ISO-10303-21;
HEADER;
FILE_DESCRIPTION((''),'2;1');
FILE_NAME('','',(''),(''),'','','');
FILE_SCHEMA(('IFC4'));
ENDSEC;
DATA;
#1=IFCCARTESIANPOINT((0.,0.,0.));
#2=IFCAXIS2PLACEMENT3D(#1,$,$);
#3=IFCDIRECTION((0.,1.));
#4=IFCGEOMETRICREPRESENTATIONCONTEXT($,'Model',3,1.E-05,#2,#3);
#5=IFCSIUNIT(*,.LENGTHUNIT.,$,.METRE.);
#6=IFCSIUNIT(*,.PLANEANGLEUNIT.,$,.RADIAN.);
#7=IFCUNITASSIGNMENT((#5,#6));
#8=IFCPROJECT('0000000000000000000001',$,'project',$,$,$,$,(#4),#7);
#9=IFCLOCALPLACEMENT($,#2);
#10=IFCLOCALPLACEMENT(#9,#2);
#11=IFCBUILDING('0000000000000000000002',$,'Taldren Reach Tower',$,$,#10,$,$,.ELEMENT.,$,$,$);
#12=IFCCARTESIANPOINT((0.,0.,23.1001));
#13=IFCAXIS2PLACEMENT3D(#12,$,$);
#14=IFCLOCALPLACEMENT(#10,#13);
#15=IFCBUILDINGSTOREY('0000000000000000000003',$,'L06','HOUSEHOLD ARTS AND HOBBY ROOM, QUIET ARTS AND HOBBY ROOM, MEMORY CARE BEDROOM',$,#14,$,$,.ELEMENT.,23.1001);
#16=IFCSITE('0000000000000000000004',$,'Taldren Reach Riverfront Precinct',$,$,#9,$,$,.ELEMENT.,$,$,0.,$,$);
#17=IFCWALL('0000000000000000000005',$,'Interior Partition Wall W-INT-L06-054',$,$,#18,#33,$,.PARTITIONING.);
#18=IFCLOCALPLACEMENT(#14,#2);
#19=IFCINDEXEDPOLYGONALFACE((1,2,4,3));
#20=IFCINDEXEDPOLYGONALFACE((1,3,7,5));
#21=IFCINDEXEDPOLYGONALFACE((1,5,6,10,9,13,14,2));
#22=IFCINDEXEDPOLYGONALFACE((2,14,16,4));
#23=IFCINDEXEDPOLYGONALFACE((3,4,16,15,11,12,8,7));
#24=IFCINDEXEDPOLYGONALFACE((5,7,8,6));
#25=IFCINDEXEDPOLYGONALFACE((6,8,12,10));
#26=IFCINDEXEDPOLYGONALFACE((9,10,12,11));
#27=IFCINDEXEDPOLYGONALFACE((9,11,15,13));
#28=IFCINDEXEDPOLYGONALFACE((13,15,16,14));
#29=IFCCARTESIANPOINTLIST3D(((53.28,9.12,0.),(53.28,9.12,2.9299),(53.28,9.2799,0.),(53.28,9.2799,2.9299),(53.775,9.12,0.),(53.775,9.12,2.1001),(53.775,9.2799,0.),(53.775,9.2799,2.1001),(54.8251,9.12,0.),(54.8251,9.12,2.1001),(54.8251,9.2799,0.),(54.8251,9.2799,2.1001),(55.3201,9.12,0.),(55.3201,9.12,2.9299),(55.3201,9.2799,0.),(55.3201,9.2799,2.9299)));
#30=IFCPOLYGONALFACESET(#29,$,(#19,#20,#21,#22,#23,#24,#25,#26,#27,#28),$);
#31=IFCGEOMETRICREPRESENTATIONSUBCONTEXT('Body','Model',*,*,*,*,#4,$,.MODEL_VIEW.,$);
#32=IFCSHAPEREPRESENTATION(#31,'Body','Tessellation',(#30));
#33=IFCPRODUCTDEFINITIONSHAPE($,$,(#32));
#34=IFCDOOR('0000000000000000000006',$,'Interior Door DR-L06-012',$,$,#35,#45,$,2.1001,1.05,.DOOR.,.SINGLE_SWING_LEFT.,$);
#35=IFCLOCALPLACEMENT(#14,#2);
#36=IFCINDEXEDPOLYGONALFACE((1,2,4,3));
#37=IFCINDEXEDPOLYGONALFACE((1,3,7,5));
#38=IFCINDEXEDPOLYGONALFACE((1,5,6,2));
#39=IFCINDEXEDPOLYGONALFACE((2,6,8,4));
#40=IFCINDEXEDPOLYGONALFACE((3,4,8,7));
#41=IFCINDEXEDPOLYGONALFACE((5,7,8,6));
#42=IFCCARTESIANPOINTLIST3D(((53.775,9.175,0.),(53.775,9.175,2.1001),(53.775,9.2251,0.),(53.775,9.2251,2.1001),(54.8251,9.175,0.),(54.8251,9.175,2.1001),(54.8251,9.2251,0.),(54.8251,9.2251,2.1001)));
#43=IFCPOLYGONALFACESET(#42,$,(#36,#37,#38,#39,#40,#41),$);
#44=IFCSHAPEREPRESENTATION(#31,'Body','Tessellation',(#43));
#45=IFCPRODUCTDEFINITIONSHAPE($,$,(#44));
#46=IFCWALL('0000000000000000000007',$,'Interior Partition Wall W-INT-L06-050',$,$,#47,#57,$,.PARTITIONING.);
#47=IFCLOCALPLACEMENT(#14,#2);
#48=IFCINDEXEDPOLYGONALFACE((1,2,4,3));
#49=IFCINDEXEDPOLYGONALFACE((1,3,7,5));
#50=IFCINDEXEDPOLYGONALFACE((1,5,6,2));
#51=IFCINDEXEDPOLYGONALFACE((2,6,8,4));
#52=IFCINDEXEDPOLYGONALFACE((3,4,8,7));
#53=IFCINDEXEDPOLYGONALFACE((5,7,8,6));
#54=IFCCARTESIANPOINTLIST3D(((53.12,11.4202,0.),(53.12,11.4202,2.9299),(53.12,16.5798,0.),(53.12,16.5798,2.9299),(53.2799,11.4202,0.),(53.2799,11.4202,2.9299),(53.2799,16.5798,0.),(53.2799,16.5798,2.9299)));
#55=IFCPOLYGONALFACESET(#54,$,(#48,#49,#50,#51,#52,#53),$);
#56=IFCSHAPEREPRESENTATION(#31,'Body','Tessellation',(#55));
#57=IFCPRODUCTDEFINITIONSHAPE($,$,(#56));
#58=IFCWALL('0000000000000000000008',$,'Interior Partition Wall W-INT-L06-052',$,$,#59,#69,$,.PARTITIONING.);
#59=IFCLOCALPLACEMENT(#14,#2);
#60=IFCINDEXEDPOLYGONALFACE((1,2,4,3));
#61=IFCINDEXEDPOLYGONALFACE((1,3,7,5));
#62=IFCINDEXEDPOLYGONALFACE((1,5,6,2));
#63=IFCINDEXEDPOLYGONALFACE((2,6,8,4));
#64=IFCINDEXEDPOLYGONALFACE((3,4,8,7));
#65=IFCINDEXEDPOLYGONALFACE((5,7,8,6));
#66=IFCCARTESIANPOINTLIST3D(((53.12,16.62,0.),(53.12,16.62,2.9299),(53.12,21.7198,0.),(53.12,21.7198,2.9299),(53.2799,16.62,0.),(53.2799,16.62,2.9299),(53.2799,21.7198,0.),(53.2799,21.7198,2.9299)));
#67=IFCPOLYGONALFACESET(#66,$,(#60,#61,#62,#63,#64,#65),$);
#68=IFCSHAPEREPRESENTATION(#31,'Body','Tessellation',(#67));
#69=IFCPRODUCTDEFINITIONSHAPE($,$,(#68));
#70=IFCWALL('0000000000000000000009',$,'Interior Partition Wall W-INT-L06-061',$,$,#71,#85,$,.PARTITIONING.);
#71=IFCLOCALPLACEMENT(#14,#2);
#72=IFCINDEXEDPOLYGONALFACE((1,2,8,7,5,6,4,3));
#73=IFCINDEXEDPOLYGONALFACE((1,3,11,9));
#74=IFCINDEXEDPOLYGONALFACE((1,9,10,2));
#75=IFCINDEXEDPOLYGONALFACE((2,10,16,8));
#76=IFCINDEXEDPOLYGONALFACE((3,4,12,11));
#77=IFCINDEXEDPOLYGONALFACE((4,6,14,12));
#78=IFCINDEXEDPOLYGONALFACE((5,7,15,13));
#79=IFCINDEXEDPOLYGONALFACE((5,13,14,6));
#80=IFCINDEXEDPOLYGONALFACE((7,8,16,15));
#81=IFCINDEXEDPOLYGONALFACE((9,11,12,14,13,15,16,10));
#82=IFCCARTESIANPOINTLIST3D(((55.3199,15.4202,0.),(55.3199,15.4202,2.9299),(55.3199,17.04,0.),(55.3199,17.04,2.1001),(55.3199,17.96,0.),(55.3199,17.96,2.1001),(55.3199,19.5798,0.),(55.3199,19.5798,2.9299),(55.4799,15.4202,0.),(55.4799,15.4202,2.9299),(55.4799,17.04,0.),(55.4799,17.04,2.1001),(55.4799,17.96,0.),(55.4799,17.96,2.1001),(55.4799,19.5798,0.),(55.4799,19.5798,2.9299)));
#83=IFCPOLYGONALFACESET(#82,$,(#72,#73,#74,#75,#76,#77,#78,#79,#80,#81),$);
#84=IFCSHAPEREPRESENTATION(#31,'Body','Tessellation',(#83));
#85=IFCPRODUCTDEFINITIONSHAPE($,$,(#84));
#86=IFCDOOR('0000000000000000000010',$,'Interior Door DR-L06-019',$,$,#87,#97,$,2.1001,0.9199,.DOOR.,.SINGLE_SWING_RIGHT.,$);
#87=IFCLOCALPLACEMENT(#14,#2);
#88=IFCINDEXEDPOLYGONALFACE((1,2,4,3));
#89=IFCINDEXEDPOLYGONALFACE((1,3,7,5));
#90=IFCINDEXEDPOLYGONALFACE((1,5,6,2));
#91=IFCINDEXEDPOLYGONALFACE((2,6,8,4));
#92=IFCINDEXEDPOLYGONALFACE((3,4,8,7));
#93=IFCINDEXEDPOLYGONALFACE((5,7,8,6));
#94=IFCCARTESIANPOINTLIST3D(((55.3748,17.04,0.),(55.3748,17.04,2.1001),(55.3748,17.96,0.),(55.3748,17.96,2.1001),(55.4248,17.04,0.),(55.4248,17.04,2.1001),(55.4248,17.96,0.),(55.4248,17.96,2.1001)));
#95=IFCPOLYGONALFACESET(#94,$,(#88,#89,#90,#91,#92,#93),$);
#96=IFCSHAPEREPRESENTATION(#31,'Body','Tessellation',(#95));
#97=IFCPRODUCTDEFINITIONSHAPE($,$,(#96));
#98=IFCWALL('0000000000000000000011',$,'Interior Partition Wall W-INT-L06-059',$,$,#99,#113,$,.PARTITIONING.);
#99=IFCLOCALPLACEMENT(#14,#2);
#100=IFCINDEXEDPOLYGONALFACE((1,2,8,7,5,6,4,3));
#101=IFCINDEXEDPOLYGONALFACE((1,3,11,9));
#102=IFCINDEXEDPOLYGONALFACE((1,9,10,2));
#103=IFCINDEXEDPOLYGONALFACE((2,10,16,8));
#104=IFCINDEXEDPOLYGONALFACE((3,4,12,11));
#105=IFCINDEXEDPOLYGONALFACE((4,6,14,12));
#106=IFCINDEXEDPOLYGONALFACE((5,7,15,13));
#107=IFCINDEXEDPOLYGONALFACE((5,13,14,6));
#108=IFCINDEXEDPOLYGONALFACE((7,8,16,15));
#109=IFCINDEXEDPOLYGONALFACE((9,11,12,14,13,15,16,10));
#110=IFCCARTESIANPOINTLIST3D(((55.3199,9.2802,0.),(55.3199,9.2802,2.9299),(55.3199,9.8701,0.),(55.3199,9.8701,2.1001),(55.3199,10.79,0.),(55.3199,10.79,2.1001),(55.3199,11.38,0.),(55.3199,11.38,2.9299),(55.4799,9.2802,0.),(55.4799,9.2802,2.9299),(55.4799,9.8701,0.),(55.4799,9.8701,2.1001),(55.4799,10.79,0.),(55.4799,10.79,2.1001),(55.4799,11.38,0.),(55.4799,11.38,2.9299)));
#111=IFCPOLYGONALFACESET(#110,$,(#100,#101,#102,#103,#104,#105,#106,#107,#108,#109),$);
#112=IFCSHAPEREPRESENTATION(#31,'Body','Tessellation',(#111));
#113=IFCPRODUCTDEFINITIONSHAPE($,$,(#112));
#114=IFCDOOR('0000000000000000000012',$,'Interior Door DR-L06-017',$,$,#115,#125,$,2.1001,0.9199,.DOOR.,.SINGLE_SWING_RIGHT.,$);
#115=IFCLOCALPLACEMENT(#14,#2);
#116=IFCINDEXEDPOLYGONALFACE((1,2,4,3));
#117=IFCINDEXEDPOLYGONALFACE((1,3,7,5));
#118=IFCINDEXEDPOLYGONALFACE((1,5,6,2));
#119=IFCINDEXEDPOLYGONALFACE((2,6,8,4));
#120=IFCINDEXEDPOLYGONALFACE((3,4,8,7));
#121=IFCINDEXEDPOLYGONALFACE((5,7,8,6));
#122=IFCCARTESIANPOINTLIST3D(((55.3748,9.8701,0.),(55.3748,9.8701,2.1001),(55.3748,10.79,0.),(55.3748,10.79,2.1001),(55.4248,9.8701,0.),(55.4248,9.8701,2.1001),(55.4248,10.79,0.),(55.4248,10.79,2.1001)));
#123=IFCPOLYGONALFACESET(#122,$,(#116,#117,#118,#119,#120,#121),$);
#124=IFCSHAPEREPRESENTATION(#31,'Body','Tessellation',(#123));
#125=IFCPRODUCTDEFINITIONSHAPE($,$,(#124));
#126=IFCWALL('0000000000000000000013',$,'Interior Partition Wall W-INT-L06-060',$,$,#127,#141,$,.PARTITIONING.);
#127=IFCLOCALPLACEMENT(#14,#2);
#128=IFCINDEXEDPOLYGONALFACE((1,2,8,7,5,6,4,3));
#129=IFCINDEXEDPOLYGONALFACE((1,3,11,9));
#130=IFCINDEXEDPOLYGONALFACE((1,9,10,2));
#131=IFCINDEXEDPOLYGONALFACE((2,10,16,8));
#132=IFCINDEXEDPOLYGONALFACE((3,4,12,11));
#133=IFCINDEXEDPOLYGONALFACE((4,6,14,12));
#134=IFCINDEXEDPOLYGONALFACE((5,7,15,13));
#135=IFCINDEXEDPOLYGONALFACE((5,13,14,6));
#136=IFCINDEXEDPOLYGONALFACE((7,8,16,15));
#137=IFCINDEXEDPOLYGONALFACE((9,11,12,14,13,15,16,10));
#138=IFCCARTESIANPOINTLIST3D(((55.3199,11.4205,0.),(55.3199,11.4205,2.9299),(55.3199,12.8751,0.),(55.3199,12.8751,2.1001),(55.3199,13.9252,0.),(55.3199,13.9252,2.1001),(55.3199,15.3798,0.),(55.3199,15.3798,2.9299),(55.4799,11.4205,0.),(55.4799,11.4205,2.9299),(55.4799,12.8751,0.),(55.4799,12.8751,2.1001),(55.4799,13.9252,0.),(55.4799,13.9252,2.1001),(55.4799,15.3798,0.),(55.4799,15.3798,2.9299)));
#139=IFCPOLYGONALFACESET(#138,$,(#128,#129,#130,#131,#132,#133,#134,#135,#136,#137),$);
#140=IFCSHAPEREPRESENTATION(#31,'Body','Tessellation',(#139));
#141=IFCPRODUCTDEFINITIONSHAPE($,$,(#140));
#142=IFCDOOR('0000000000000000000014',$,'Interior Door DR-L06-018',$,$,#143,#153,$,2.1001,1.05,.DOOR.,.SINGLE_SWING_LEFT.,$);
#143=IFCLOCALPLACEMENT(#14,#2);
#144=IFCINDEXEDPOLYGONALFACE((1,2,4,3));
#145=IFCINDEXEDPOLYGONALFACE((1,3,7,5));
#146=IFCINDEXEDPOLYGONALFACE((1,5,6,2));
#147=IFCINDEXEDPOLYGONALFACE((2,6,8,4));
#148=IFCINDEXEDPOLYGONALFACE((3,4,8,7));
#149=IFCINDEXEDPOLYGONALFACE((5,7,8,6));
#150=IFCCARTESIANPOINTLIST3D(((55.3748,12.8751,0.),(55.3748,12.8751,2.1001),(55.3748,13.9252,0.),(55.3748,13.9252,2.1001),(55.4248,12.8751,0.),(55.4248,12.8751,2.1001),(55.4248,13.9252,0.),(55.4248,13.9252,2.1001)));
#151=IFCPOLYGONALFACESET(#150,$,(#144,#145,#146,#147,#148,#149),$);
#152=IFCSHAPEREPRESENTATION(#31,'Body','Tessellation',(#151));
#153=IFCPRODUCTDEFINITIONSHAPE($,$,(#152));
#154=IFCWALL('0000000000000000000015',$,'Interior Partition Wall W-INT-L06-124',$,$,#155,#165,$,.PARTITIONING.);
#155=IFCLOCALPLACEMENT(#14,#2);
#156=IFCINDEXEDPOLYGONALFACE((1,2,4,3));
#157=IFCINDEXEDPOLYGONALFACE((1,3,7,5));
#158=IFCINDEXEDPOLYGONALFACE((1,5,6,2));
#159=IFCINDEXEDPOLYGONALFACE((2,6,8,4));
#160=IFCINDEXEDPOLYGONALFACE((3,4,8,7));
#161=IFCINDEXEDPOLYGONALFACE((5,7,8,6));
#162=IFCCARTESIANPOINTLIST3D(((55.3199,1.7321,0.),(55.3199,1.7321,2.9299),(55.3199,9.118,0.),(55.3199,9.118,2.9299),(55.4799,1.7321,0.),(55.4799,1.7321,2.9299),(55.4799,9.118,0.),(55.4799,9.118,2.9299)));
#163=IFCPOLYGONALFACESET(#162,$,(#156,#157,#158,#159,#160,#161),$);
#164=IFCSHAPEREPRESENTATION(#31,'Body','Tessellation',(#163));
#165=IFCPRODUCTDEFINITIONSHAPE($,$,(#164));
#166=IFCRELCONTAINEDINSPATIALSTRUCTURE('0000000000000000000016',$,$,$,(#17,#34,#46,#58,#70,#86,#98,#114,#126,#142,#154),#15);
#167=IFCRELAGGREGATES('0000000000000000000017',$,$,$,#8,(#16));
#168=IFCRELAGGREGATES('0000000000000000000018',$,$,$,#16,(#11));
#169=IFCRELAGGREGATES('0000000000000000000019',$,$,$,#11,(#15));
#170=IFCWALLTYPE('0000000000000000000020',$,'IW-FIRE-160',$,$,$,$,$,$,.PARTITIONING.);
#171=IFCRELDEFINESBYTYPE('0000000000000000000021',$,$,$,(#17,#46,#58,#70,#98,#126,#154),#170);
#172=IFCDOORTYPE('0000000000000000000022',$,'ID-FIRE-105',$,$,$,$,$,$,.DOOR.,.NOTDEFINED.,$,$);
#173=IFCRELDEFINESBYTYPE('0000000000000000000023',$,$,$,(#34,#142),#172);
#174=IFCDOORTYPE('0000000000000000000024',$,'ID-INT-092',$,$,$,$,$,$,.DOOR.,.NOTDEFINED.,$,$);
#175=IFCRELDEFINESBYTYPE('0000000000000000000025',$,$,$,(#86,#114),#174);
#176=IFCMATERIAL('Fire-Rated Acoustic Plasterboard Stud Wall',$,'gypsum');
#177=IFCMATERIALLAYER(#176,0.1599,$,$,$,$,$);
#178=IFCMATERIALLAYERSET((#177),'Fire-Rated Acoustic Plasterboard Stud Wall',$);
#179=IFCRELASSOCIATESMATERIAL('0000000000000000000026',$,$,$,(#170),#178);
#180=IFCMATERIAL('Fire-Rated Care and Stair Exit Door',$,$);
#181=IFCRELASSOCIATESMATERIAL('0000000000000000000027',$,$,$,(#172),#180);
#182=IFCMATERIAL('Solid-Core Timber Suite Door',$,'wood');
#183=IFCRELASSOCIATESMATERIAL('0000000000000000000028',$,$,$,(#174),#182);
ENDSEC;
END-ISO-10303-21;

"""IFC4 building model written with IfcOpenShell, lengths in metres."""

from ifc_helpers import new_model, si_unit, direction, frame, frame_2d, origin, place, context, subcontext, project, spatial, rectangle, extrude, source, transform, mapped, material, layer, layer_set, type_object, element, fill, save


model = new_model("IFC4")

# Units and contexts
model_context = context("Model", 3, precision=1e-05, world=origin(), true_north=direction((0.0, 1.0)))
body_context = subcontext(model_context, "Body", "Model", "MODEL_VIEW")
ifc_project = project(units=[si_unit("LENGTHUNIT", "METRE"), si_unit("PLANEANGLEUNIT", "RADIAN")], contexts=[model_context])

# Site, building, storey
site_placement = place(None, origin())
site = spatial("IfcSite", under=ifc_project, at=site_placement, Name="Taldren Reach Riverfront Precinct", CompositionType="ELEMENT", RefElevation=0.0)
building_placement = place(site_placement, origin())
building = spatial("IfcBuilding", under=site, at=building_placement, Name="Taldren Reach Tower", CompositionType="ELEMENT")
storey_placement = place(building_placement, frame((0.0, 0.0, 23.1001)))
storey = spatial("IfcBuildingStorey", under=building, at=storey_placement, Name="L06", Description="HOUSEHOLD ARTS AND HOBBY ROOM, QUIET ARTS AND HOBBY ROOM, MEMORY CARE BEDROOM", CompositionType="ELEMENT", Elevation=23.1001)

# Wall, opening, door
ifc_material_1 = material(Name="Fire-Rated Acoustic Plasterboard Stud Wall", Category="gypsum")
ifc_layer_1 = layer(ifc_material_1, 0.1599)
ifc_layer_set_1 = layer_set([ifc_layer_1], Name="Fire-Rated Acoustic Plasterboard Stud Wall")
wall_type_1 = type_object("IfcWallType", Name="IW-FIRE-160", PredefinedType="PARTITIONING", material=ifc_layer_set_1)
shared_shape_1 = source(origin(), body_context, "Body", "SweptSolid", [
    extrude(rectangle(XDim=2.04, YDim=0.1599, at=frame_2d((1.02, 0.0))), origin(), (0.0, 0.0, 1.0), 2.9299),
])
wall_1_placement = place(storey_placement, frame((55.3201, 9.2, 0.0), z_axis=(0.0, 0.0, 1.0), x_axis=(-1.0, 0.0, 0.0)))
wall_1 = element("IfcWall", 1, at=wall_1_placement, inside=storey, type_object=wall_type_1, Name="Interior Partition Wall W-INT-L06-054", PredefinedType="PARTITIONING", context=body_context, shape_type="MappedRepresentation", body=[
    mapped(shared_shape_1, transform((0.0, 0.0, 0.0), scale=1.0)),
])
shared_shape_2 = source(origin(), body_context, "Body", "SweptSolid", [
    extrude(rectangle(XDim=1.05, YDim=2.1001, at=frame_2d((0.5249, 1.05))), frame((0.0, 0.0898, 0.0), z_axis=(0.0, -1.0, 0.0), x_axis=(1.0, 0.0, 0.0)), (0.0, 0.0, 1.0), 0.1799),
])
opening_1_placement = place(wall_1_placement, frame((0.4951, 0.0, 0.0)))
opening_1 = element("IfcOpeningElement", 2, at=opening_1_placement, cuts=wall_1, PredefinedType="OPENING", context=body_context, shape_type="MappedRepresentation", body=[
    mapped(shared_shape_2, transform((0.0, 0.0, 0.0), scale=1.0)),
])
ifc_material_2 = material(Name="Fire-Rated Care and Stair Exit Door")
door_type_1 = type_object("IfcDoorType", Name="ID-FIRE-105", OperationType="NOTDEFINED", PredefinedType="DOOR", material=ifc_material_2)
shared_shape_3 = source(origin(), body_context, "Body", "SweptSolid", [
    extrude(rectangle(XDim=1.05, YDim=2.1001, at=frame_2d((0.5249, 1.05))), frame((0.0, 0.0249, 0.0), z_axis=(0.0, -1.0, 0.0), x_axis=(1.0, 0.0, 0.0)), (0.0, 0.0, 1.0), 0.05),
])
door_1_placement = place(opening_1_placement, origin())
door_1 = element("IfcDoor", 3, at=door_1_placement, inside=storey, type_object=door_type_1, Name="Interior Door DR-L06-012", OperationType="SINGLE_SWING_LEFT", OverallHeight=2.1001, OverallWidth=1.05, PredefinedType="DOOR", context=body_context, shape_type="MappedRepresentation", body=[
    mapped(shared_shape_3, transform((0.0, 0.0, 0.0), scale=1.0)),
])
fill(opening_1, door_1)

# Walls
shared_shape_4 = source(origin(), body_context, "Body", "SweptSolid", [
    extrude(rectangle(XDim=5.1597, YDim=0.1599, at=frame_2d((2.5798, 0.0))), origin(), (0.0, 0.0, 1.0), 2.9299),
])
wall_2_placement = place(storey_placement, frame((53.2, 11.4202, 0.0), z_axis=(0.0, 0.0, 1.0), x_axis=(0.0, 1.0, 0.0)))
element("IfcWall", 4, at=wall_2_placement, inside=storey, type_object=wall_type_1, Name="Interior Partition Wall W-INT-L06-050", PredefinedType="PARTITIONING", context=body_context, shape_type="MappedRepresentation", body=[
    mapped(shared_shape_4, transform((0.0, 0.0, 0.0), scale=1.0)),
])
shared_shape_5 = source(origin(), body_context, "Body", "SweptSolid", [
    extrude(rectangle(XDim=5.0999, YDim=0.1599, at=frame_2d((2.5498, 0.0))), origin(), (0.0, 0.0, 1.0), 2.9299),
])
wall_3_placement = place(storey_placement, frame((53.2, 16.6201, 0.0), z_axis=(0.0, 0.0, 1.0), x_axis=(0.0, 1.0, 0.0)))
element("IfcWall", 5, at=wall_3_placement, inside=storey, type_object=wall_type_1, Name="Interior Partition Wall W-INT-L06-052", PredefinedType="PARTITIONING", context=body_context, shape_type="MappedRepresentation", body=[
    mapped(shared_shape_5, transform((0.0, 0.0, 0.0), scale=1.0)),
])

# Walls, openings, doors
shared_shape_6 = source(origin(), body_context, "Body", "SweptSolid", [
    extrude(rectangle(XDim=4.1597, YDim=0.1599, at=frame_2d((2.0798, 0.0))), origin(), (0.0, 0.0, 1.0), 2.9299),
])
wall_4_placement = place(storey_placement, frame((55.3999, 19.5798, 0.0), z_axis=(0.0, 0.0, 1.0), x_axis=(0.0, -1.0, 0.0)))
wall_4 = element("IfcWall", 6, at=wall_4_placement, inside=storey, type_object=wall_type_1, Name="Interior Partition Wall W-INT-L06-061", PredefinedType="PARTITIONING", context=body_context, shape_type="MappedRepresentation", body=[
    mapped(shared_shape_6, transform((0.0, 0.0, 0.0), scale=1.0)),
])
shared_shape_7 = source(origin(), body_context, "Body", "SweptSolid", [
    extrude(rectangle(XDim=0.9199, YDim=2.1001, at=frame_2d((0.46, 1.05))), frame((0.0, 0.0898, 0.0), z_axis=(0.0, -1.0, 0.0), x_axis=(1.0, 0.0, 0.0)), (0.0, 0.0, 1.0), 0.1799),
])
opening_2_placement = place(wall_4_placement, frame((1.6199, 0.0, 0.0)))
opening_2 = element("IfcOpeningElement", 7, at=opening_2_placement, cuts=wall_4, PredefinedType="OPENING", context=body_context, shape_type="MappedRepresentation", body=[
    mapped(shared_shape_7, transform((0.0, 0.0, 0.0), scale=1.0)),
])
ifc_material_3 = material(Name="Solid-Core Timber Suite Door", Category="wood")
door_type_2 = type_object("IfcDoorType", Name="ID-INT-092", OperationType="NOTDEFINED", PredefinedType="DOOR", material=ifc_material_3)
shared_shape_8 = source(origin(), body_context, "Body", "SweptSolid", [
    extrude(rectangle(XDim=0.9199, YDim=2.1001, at=frame_2d((0.46, 1.05))), frame((0.0, 0.0249, 0.0), z_axis=(0.0, -1.0, 0.0), x_axis=(1.0, 0.0, 0.0)), (0.0, 0.0, 1.0), 0.05),
])
door_2_placement = place(opening_2_placement, origin())
door_2 = element("IfcDoor", 8, at=door_2_placement, inside=storey, type_object=door_type_2, Name="Interior Door DR-L06-019", OperationType="SINGLE_SWING_RIGHT", OverallHeight=2.1001, OverallWidth=0.9199, PredefinedType="DOOR", context=body_context, shape_type="MappedRepresentation", body=[
    mapped(shared_shape_8, transform((0.0, 0.0, 0.0), scale=1.0)),
])
fill(opening_2, door_2)
shared_shape_9 = source(origin(), body_context, "Body", "SweptSolid", [
    extrude(rectangle(XDim=2.0999, YDim=0.1599, at=frame_2d((1.0498, 0.0))), origin(), (0.0, 0.0, 1.0), 2.9299),
])
wall_5_placement = place(storey_placement, frame((55.3999, 11.3799, 0.0), z_axis=(0.0, 0.0, 1.0), x_axis=(0.0, -1.0, 0.0)))
wall_5 = element("IfcWall", 9, at=wall_5_placement, inside=storey, type_object=wall_type_1, Name="Interior Partition Wall W-INT-L06-059", PredefinedType="PARTITIONING", context=body_context, shape_type="MappedRepresentation", body=[
    mapped(shared_shape_9, transform((0.0, 0.0, 0.0), scale=1.0)),
])
opening_3_placement = place(wall_5_placement, frame((0.5898, 0.0, 0.0)))
opening_3 = element("IfcOpeningElement", 10, at=opening_3_placement, cuts=wall_5, PredefinedType="OPENING", context=body_context, shape_type="MappedRepresentation", body=[
    mapped(shared_shape_7, transform((0.0, 0.0, 0.0), scale=1.0)),
])
door_3_placement = place(opening_3_placement, origin())
door_3 = element("IfcDoor", 11, at=door_3_placement, inside=storey, type_object=door_type_2, Name="Interior Door DR-L06-017", OperationType="SINGLE_SWING_RIGHT", OverallHeight=2.1001, OverallWidth=0.9199, PredefinedType="DOOR", context=body_context, shape_type="MappedRepresentation", body=[
    mapped(shared_shape_8, transform((0.0, 0.0, 0.0), scale=1.0)),
])
fill(opening_3, door_3)
shared_shape_10 = source(origin(), body_context, "Body", "SweptSolid", [
    extrude(rectangle(XDim=3.9592, YDim=0.1599, at=frame_2d((1.9795, 0.0))), origin(), (0.0, 0.0, 1.0), 2.9299),
])
wall_6_placement = place(storey_placement, frame((55.3999, 15.3796, 0.0), z_axis=(0.0, 0.0, 1.0), x_axis=(0.0, -1.0, 0.0)))
wall_6 = element("IfcWall", 12, at=wall_6_placement, inside=storey, type_object=wall_type_1, Name="Interior Partition Wall W-INT-L06-060", PredefinedType="PARTITIONING", context=body_context, shape_type="MappedRepresentation", body=[
    mapped(shared_shape_10, transform((0.0, 0.0, 0.0), scale=1.0)),
])
opening_4_placement = place(wall_6_placement, frame((1.4546, 0.0, 0.0)))
opening_4 = element("IfcOpeningElement", 13, at=opening_4_placement, cuts=wall_6, PredefinedType="OPENING", context=body_context, shape_type="MappedRepresentation", body=[
    mapped(shared_shape_2, transform((0.0, 0.0, 0.0), scale=1.0)),
])
door_4_placement = place(opening_4_placement, origin())
door_4 = element("IfcDoor", 14, at=door_4_placement, inside=storey, type_object=door_type_1, Name="Interior Door DR-L06-018", OperationType="SINGLE_SWING_LEFT", OverallHeight=2.1001, OverallWidth=1.05, PredefinedType="DOOR", context=body_context, shape_type="MappedRepresentation", body=[
    mapped(shared_shape_3, transform((0.0, 0.0, 0.0), scale=1.0)),
])
fill(opening_4, door_4)

# Wall
shared_shape_11 = source(origin(), body_context, "Body", "SweptSolid", [
    extrude(rectangle(XDim=7.386, YDim=0.1599, at=frame_2d((3.6929, 0.0))), origin(), (0.0, 0.0, 1.0), 2.9299),
])
wall_7_placement = place(storey_placement, frame((55.3999, 9.1179, 0.0), z_axis=(0.0, 0.0, 1.0), x_axis=(0.0, -1.0, 0.0)))
element("IfcWall", 15, at=wall_7_placement, inside=storey, type_object=wall_type_1, Name="Interior Partition Wall W-INT-L06-124", PredefinedType="PARTITIONING", context=body_context, shape_type="MappedRepresentation", body=[
    mapped(shared_shape_11, transform((0.0, 0.0, 0.0), scale=1.0)),
])

save(model, "model.ifc")
